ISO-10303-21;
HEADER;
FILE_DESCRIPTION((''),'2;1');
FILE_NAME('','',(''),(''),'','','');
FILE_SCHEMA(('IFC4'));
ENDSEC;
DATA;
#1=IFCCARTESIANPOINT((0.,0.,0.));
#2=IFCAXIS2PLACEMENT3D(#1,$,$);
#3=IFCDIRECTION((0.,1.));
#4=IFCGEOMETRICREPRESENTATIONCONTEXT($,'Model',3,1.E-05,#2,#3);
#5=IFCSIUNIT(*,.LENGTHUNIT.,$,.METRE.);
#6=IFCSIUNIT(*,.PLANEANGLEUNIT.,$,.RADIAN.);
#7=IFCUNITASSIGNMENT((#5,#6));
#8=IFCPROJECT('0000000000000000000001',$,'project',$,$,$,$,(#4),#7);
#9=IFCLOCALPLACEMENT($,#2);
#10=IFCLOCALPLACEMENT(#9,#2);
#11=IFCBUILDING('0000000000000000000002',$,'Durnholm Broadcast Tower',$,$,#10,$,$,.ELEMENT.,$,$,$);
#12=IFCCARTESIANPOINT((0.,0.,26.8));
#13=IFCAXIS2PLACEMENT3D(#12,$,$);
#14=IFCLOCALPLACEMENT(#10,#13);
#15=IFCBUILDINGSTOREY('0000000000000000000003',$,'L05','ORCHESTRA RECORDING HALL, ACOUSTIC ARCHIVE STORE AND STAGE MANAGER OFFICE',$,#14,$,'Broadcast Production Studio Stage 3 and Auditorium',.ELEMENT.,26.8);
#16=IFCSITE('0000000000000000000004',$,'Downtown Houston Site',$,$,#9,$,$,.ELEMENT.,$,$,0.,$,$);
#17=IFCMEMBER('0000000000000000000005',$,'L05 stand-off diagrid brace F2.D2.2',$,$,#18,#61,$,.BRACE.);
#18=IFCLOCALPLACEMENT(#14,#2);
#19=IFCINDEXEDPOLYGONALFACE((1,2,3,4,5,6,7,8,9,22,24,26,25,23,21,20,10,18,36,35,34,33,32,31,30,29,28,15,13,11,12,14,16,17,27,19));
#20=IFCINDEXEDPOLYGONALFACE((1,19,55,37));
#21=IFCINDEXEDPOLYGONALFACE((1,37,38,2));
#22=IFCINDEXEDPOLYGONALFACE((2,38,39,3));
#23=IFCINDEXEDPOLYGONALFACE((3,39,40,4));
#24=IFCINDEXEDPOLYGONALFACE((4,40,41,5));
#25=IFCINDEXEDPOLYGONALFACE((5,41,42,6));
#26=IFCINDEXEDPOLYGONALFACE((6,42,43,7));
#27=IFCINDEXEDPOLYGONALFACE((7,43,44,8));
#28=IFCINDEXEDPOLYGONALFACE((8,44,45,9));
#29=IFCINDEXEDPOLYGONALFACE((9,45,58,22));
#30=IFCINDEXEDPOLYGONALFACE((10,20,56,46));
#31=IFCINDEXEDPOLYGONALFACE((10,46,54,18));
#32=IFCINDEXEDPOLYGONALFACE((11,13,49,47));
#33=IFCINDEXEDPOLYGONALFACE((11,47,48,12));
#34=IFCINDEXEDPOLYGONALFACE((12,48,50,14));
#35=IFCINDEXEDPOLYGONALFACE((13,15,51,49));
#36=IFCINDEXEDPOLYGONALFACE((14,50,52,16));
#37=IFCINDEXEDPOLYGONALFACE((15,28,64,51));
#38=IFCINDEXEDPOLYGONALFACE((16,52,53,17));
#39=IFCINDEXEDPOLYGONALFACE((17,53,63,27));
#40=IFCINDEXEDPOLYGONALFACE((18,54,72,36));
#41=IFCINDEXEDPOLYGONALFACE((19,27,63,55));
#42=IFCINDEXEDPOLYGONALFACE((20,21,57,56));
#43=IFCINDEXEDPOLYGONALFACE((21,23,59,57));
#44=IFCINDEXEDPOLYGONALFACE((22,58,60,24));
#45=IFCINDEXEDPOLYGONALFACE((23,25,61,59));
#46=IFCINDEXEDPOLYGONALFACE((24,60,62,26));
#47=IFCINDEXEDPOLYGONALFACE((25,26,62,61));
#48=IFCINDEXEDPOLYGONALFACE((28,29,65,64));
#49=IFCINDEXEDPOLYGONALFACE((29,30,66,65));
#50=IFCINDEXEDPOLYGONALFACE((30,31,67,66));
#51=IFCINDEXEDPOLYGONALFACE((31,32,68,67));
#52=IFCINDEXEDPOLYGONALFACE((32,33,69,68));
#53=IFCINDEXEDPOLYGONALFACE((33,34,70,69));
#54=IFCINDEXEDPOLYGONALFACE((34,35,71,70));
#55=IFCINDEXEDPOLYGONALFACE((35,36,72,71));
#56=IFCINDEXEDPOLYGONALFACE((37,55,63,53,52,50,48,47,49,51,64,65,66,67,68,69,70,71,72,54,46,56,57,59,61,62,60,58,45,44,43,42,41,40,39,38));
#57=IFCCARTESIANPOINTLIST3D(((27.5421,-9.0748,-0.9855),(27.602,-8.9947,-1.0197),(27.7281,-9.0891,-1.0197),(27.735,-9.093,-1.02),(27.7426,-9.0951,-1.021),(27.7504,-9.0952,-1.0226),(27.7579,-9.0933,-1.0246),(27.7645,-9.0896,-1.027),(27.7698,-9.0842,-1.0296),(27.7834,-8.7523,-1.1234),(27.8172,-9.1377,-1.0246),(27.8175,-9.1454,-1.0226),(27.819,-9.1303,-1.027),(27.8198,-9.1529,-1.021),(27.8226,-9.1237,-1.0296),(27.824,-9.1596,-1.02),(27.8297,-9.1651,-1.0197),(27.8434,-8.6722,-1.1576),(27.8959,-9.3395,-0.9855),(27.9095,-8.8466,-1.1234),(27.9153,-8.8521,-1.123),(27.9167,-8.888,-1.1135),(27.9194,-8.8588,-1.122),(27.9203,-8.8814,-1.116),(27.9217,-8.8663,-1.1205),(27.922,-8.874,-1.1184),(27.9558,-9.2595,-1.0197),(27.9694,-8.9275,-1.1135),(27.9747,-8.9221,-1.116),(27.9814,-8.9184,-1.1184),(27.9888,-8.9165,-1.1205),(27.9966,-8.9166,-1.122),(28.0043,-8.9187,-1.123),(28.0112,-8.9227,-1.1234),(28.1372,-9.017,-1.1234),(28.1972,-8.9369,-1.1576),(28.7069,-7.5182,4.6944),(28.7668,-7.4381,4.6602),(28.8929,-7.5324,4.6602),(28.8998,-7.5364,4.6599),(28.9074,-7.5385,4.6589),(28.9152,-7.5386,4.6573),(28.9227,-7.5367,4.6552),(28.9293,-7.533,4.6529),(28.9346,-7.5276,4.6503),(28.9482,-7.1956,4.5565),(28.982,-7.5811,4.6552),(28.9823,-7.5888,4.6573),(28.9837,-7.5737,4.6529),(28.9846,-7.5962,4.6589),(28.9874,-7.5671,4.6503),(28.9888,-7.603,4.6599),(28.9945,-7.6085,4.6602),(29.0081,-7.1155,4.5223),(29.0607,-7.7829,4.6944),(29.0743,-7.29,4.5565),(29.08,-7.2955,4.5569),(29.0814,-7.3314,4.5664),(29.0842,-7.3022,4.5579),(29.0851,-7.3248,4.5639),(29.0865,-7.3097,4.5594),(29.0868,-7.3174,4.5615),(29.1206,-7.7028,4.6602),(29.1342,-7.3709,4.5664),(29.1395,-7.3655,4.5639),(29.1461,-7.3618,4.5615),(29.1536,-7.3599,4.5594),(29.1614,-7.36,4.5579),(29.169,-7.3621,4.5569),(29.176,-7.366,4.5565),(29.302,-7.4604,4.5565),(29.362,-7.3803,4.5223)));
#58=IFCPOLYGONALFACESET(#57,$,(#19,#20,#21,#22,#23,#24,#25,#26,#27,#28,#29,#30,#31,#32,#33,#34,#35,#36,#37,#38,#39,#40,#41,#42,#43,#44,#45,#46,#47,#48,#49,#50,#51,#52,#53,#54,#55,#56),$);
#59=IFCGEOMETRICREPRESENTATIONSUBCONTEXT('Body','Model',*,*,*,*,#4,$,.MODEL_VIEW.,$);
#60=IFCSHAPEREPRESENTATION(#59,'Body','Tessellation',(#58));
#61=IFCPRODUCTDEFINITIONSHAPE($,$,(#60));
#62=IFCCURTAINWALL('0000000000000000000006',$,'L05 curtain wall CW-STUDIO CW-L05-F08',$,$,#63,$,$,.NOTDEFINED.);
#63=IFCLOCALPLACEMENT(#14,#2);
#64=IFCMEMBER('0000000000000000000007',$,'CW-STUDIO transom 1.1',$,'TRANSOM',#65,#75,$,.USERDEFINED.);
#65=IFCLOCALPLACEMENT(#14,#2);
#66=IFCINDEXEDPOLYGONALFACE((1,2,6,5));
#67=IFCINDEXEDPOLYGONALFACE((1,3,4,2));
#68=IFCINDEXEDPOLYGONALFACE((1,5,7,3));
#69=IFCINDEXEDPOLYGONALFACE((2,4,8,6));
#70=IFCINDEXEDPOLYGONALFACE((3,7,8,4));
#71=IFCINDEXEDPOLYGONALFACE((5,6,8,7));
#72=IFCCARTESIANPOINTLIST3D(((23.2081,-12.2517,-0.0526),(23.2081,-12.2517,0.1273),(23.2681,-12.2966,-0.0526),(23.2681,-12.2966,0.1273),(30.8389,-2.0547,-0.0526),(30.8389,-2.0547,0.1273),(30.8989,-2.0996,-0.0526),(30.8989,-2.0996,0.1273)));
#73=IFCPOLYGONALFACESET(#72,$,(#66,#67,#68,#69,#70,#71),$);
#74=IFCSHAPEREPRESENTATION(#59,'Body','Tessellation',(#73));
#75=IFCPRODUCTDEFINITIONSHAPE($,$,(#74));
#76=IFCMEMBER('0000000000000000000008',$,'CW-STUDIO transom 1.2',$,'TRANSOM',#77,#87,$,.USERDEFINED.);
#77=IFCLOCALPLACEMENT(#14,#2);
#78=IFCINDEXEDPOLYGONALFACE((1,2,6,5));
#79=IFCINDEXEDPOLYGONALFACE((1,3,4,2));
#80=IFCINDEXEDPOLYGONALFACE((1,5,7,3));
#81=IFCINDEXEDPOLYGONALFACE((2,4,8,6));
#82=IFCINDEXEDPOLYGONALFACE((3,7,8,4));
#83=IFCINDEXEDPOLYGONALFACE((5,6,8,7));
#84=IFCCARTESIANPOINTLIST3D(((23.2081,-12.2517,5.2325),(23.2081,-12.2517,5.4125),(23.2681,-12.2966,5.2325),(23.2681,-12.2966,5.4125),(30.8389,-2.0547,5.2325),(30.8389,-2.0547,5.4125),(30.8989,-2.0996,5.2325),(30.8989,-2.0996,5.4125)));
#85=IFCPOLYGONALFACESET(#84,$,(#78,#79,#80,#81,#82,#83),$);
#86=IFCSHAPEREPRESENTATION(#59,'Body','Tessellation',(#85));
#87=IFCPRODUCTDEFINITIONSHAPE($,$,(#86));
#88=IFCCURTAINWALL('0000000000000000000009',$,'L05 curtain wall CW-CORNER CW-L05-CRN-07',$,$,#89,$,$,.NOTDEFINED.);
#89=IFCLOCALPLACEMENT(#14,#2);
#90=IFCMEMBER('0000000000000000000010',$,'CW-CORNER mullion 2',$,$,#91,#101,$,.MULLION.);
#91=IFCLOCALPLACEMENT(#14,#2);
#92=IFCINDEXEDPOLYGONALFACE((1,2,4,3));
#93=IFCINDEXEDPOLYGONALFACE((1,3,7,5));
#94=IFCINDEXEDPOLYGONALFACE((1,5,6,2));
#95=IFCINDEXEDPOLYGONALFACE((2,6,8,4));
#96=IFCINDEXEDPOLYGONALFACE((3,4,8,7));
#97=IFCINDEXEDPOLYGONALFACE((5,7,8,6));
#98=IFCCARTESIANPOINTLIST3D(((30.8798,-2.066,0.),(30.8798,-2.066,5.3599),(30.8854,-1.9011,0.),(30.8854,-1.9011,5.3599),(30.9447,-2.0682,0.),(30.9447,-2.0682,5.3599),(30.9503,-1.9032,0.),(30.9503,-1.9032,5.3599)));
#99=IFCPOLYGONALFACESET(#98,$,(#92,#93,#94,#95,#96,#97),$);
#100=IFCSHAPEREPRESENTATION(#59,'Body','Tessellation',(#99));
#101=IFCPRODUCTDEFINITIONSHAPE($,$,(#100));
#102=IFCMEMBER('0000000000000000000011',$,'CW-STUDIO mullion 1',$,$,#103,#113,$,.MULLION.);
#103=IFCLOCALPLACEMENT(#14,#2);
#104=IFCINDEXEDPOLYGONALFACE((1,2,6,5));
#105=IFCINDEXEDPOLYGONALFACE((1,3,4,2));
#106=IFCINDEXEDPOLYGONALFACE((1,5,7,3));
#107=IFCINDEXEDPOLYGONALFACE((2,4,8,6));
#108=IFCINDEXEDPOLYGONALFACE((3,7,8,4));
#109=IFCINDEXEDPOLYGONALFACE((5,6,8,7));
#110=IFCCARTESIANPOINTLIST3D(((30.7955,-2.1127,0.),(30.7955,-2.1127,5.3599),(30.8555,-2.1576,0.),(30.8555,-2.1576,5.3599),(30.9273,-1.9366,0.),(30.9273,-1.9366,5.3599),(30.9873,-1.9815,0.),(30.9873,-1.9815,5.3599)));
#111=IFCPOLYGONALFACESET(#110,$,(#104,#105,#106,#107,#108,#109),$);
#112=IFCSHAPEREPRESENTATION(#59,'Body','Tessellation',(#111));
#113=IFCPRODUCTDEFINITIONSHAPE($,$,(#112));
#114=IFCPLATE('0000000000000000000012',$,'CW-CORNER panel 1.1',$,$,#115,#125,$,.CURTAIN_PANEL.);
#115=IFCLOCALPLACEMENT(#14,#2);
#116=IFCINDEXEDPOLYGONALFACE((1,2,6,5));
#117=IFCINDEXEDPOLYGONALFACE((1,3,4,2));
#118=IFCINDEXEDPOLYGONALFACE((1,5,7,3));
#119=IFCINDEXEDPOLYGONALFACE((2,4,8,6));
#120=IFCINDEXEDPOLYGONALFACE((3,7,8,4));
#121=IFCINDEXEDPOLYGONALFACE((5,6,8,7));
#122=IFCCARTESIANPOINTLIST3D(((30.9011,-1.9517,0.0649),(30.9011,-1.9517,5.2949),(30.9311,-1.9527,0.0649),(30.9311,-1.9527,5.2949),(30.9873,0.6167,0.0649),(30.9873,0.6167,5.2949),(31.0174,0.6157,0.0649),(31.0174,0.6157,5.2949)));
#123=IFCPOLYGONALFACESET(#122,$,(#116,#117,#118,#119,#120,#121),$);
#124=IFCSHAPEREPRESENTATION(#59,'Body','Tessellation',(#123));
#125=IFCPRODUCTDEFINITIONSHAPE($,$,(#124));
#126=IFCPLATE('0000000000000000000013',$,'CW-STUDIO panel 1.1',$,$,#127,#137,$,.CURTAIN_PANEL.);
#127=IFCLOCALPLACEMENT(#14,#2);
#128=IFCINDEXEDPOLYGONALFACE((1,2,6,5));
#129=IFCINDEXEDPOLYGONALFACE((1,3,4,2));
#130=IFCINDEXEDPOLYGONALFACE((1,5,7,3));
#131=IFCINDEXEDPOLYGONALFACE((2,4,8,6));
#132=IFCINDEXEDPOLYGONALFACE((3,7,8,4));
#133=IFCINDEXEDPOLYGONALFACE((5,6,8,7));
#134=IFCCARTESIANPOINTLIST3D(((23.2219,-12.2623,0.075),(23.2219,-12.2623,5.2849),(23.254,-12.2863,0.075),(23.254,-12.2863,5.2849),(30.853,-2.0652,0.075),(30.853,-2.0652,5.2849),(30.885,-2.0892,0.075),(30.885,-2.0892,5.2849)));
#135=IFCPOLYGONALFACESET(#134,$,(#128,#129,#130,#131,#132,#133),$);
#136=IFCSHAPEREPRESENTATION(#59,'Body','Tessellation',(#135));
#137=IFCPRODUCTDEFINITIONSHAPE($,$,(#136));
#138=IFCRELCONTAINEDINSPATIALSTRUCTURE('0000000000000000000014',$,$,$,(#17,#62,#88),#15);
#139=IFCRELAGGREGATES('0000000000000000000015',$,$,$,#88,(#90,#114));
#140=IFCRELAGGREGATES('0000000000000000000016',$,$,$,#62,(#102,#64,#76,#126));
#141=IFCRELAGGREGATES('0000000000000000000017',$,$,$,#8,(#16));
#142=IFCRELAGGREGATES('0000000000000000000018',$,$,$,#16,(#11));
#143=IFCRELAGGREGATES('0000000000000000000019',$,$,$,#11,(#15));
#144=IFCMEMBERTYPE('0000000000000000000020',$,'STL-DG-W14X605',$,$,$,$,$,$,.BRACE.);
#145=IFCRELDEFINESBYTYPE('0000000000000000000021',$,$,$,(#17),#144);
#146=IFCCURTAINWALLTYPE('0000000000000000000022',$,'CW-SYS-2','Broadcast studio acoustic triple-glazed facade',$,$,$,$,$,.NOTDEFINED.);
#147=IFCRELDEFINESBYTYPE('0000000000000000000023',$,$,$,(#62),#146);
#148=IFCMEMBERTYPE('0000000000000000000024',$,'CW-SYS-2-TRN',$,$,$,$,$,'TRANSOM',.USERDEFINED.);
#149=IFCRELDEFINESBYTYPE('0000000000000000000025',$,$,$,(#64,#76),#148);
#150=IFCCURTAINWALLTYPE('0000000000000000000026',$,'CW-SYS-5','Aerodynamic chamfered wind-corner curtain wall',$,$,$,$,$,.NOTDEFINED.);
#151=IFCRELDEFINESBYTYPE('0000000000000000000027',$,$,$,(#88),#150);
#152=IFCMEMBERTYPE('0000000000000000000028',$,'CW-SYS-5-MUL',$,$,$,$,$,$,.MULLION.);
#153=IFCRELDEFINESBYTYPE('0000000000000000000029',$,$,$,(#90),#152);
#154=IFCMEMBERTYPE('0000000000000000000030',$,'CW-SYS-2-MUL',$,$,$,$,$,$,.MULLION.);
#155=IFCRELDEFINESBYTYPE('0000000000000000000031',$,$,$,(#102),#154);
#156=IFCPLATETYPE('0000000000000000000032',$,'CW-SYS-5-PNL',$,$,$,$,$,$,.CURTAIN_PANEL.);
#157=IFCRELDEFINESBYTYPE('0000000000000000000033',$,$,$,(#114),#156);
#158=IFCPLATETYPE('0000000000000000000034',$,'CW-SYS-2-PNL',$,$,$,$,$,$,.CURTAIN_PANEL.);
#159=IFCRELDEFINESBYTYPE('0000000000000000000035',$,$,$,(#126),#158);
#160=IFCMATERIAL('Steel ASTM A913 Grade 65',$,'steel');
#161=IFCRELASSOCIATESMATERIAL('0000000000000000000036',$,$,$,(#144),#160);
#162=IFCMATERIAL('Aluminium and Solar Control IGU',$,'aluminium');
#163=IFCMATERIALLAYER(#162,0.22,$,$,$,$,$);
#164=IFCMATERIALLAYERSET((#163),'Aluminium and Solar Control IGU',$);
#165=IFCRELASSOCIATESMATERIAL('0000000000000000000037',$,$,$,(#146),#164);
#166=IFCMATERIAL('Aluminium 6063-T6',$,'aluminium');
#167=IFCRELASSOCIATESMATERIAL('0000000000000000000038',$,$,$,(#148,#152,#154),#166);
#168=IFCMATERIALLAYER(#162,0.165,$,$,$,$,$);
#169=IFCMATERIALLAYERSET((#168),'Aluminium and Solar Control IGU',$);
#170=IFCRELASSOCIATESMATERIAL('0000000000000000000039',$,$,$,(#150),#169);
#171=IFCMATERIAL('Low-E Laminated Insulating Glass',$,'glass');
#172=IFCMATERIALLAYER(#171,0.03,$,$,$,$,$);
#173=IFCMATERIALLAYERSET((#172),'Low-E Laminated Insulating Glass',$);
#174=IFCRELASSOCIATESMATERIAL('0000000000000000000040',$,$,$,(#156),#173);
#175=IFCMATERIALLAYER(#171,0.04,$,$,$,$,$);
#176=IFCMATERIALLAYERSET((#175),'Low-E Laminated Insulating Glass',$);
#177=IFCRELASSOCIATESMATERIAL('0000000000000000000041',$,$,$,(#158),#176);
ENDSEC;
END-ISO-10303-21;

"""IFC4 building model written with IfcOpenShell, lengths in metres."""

from ifc_helpers import new_model, si_unit, direction, frame, origin, origin_2d, place, context, subcontext, project, spatial, rectangle, i_section, extrude, source, transform, mapped, material, layer, layer_set, material_profile, profile_set, type_object, type_shapes, element, aggregate, save


model = new_model("IFC4")

# Units and contexts
model_context = context("Model", 3, precision=1e-05, world=origin(), true_north=direction((0.0, 1.0)))
body_context = subcontext(model_context, "Body", "Model", "MODEL_VIEW")
ifc_project = project(units=[si_unit("LENGTHUNIT", "METRE"), si_unit("PLANEANGLEUNIT", "RADIAN")], contexts=[model_context])

# Site, building, storey
site_placement = place(None, origin())
site = spatial("IfcSite", under=ifc_project, at=site_placement, Name="Downtown Houston Site", CompositionType="ELEMENT", RefElevation=0.0)
building_placement = place(site_placement, origin())
building = spatial("IfcBuilding", under=site, at=building_placement, Name="Durnholm Broadcast Tower", CompositionType="ELEMENT")
storey_placement = place(building_placement, frame((0.0, 0.0, 26.8)))
storey = spatial("IfcBuildingStorey", under=building, at=storey_placement, Name="L05", Description="ORCHESTRA RECORDING HALL, ACOUSTIC ARCHIVE STORE AND STAGE MANAGER OFFICE", LongName="Broadcast Production Studio Stage 3 and Auditorium", CompositionType="ELEMENT", Elevation=26.8)

# Shared definitions
ifc_material_1 = material(Name="Steel ASTM A913 Grade 65", Category="steel")

# Member
ifc_material_profile_1 = material_profile(ifc_material_1, i_section(OverallWidth=0.4419, OverallDepth=0.5315, WebThickness=0.0659, FlangeThickness=0.1057, FilletRadius=0.0305, at=origin_2d()), Name="W14X605")
ifc_profile_set_1 = profile_set([ifc_material_profile_1], Name="Steel ASTM A913 Grade 65")
member_type_1 = type_object("IfcMemberType", Name="STL-DG-W14X605", PredefinedType="BRACE", material=ifc_profile_set_1)
shared_shape_1 = source(origin(), body_context, "Body", "SweptSolid", [
    extrude(i_section(OverallWidth=0.4419, OverallDepth=0.5315, WebThickness=0.0659, FlangeThickness=0.1057, FilletRadius=0.0305, at=origin_2d()), origin(), (0.0, 0.0, 1.0), 6.0034),
])
type_shapes(member_type_1, [shared_shape_1])
for number, where, z_axis, x_axis, name in (
    (1, (27.8696, -9.0059, -1.0715), (0.194021, 0.259291, 0.94611), (-0.800663, 0.599116, 0.0), "L05 stand-off diagrid brace F2.D2.2"),
):
    element("IfcMember", number, at=place(storey_placement, frame(where, z_axis=z_axis, x_axis=x_axis)), inside=storey, type_object=member_type_1, Name=name, PredefinedType="BRACE", context=body_context, shape_type="MappedRepresentation", body=[
        mapped(shared_shape_1, transform((0.0, 0.0, 0.0), x_axis=(1.0, 0.0, 0.0), y_axis=(0.0, 1.0, 0.0), z_axis=(0.0, 0.0, 1.0), scale=1.0)),
    ])

# Curtain wall, members
ifc_material_2 = material(Name="Aluminium and Solar Control IGU", Category="aluminium")
ifc_layer_1 = layer(ifc_material_2, 0.22)
ifc_layer_set_1 = layer_set([ifc_layer_1], Name="Aluminium and Solar Control IGU")
curtain_wall_type_1 = type_object("IfcCurtainWallType", Name="CW-SYS-2", Description="Broadcast studio acoustic triple-glazed facade", PredefinedType="NOTDEFINED", material=ifc_layer_set_1)
curtain_wall_1_placement = place(storey_placement, origin())
curtain_wall_1 = element("IfcCurtainWall", 2, at=curtain_wall_1_placement, inside=storey, type_object=curtain_wall_type_1, Name="L05 curtain wall CW-STUDIO CW-L05-F08", PredefinedType="NOTDEFINED")
ifc_material_3 = material(Name="Aluminium 6063-T6", Category="aluminium")
ifc_material_profile_2 = material_profile(ifc_material_3, rectangle(XDim=0.075, YDim=0.1799, at=origin_2d()), Name="CWT75X180")
ifc_profile_set_2 = profile_set([ifc_material_profile_2], Name="Aluminium 6063-T6")
member_type_2 = type_object("IfcMemberType", Name="CW-SYS-2-TRN", ElementType="TRANSOM", PredefinedType="USERDEFINED", material=ifc_profile_set_2)
shared_shape_2 = source(origin(), body_context, "Body", "SweptSolid", [
    extrude(rectangle(XDim=0.075, YDim=0.1799, at=origin_2d()), origin(), (0.0, 0.0, 1.0), 12.7361),
])
type_shapes(member_type_2, [shared_shape_2])
member_1_placement = place(storey_placement, frame((30.8689, -2.0771, 0.0374), z_axis=(-0.59915, -0.800637, 0.0), x_axis=(0.800637, -0.59915, 0.0)))
member_1 = element("IfcMember", 3, at=member_1_placement, type_object=member_type_2, Name="CW-STUDIO transom 1.1", ObjectType="TRANSOM", PredefinedType="USERDEFINED", context=body_context, shape_type="MappedRepresentation", body=[
    mapped(shared_shape_2, transform((0.0, 0.0, 0.0), x_axis=(1.0, 0.0, 0.0), y_axis=(0.0, 1.0, 0.0), z_axis=(0.0, 0.0, 1.0), scale=1.0)),
])
member_2_placement = place(storey_placement, frame((30.8689, -2.0771, 5.3225), z_axis=(-0.59915, -0.800637, 0.0), x_axis=(0.800637, -0.59915, 0.0)))
member_2 = element("IfcMember", 4, at=member_2_placement, type_object=member_type_2, Name="CW-STUDIO transom 1.2", ObjectType="TRANSOM", PredefinedType="USERDEFINED", context=body_context, shape_type="MappedRepresentation", body=[
    mapped(shared_shape_2, transform((0.0, 0.0, 0.0), x_axis=(1.0, 0.0, 0.0), y_axis=(0.0, 1.0, 0.0), z_axis=(0.0, 0.0, 1.0), scale=1.0)),
])

# Curtain wall, member
ifc_layer_2 = layer(ifc_material_2, 0.165)
ifc_layer_set_2 = layer_set([ifc_layer_2], Name="Aluminium and Solar Control IGU")
curtain_wall_type_2 = type_object("IfcCurtainWallType", Name="CW-SYS-5", Description="Aerodynamic chamfered wind-corner curtain wall", PredefinedType="NOTDEFINED", material=ifc_layer_set_2)
curtain_wall_2_placement = place(storey_placement, origin())
curtain_wall_2 = element("IfcCurtainWall", 5, at=curtain_wall_2_placement, inside=storey, type_object=curtain_wall_type_2, Name="L05 curtain wall CW-CORNER CW-L05-CRN-07", PredefinedType="NOTDEFINED")
ifc_material_profile_3 = material_profile(ifc_material_3, rectangle(XDim=0.0649, YDim=0.165, at=origin_2d()), Name="CWM65X165")
ifc_profile_set_3 = profile_set([ifc_material_profile_3], Name="Aluminium 6063-T6")
member_type_3 = type_object("IfcMemberType", Name="CW-SYS-5-MUL", PredefinedType="MULLION", material=ifc_profile_set_3)
shared_shape_3 = source(origin(), body_context, "Body", "SweptSolid", [
    extrude(rectangle(XDim=0.0649, YDim=0.165, at=origin_2d()), origin(), (0.0, 0.0, 1.0), 5.3599),
])
type_shapes(member_type_3, [shared_shape_3])
member_3_placement = place(storey_placement, frame((30.915, -1.9846, 0.0), z_axis=(0.0, 0.0, 1.0), x_axis=(0.999437, -0.033557, 0.0)))
member_3 = element("IfcMember", 6, at=member_3_placement, type_object=member_type_3, Name="CW-CORNER mullion 2", PredefinedType="MULLION", context=body_context, shape_type="MappedRepresentation", body=[
    mapped(shared_shape_3, transform((0.0, 0.0, 0.0), x_axis=(1.0, 0.0, 0.0), y_axis=(0.0, 1.0, 0.0), z_axis=(0.0, 0.0, 1.0), scale=1.0)),
])

# Member
ifc_material_profile_4 = material_profile(ifc_material_3, rectangle(XDim=0.075, YDim=0.22, at=origin_2d()), Name="CWM75X220")
ifc_profile_set_4 = profile_set([ifc_material_profile_4], Name="Aluminium 6063-T6")
member_type_4 = type_object("IfcMemberType", Name="CW-SYS-2-MUL", PredefinedType="MULLION", material=ifc_profile_set_4)
shared_shape_4 = source(origin(), body_context, "Body", "SweptSolid", [
    extrude(rectangle(XDim=0.075, YDim=0.22, at=origin_2d()), origin(), (0.0, 0.0, 1.0), 5.3599),
])
type_shapes(member_type_4, [shared_shape_4])
member_4_placement = place(storey_placement, frame((30.8914, -2.0471, 0.0), z_axis=(0.0, 0.0, 1.0), x_axis=(0.800632, -0.599157, 0.0)))
member_4 = element("IfcMember", 7, at=member_4_placement, type_object=member_type_4, Name="CW-STUDIO mullion 1", PredefinedType="MULLION", context=body_context, shape_type="MappedRepresentation", body=[
    mapped(shared_shape_4, transform((0.0, 0.0, 0.0), x_axis=(1.0, 0.0, 0.0), y_axis=(0.0, 1.0, 0.0), z_axis=(0.0, 0.0, 1.0), scale=1.0)),
])

# Plates
ifc_material_4 = material(Name="Low-E Laminated Insulating Glass", Category="glass")
ifc_layer_3 = layer(ifc_material_4, 0.03)
ifc_layer_set_3 = layer_set([ifc_layer_3], Name="Low-E Laminated Insulating Glass")
plate_type_1 = type_object("IfcPlateType", Name="CW-SYS-5-PNL", PredefinedType="CURTAIN_PANEL", material=ifc_layer_set_3)
shared_shape_5 = source(origin(), body_context, "Body", "SweptSolid", [
    extrude(rectangle(XDim=2.5698, YDim=0.03, at=origin_2d()), origin(), (0.0, 0.0, 1.0), 5.23),
])
type_shapes(plate_type_1, [shared_shape_5])
plate_1_placement = place(storey_placement, frame((30.9592, -0.668, 0.0649), z_axis=(0.0, 0.0, 1.0), x_axis=(-0.033557, -0.999437, 0.0)))
plate_1 = element("IfcPlate", 8, at=plate_1_placement, type_object=plate_type_1, Name="CW-CORNER panel 1.1", PredefinedType="CURTAIN_PANEL", context=body_context, shape_type="MappedRepresentation", body=[
    mapped(shared_shape_5, transform((0.0, 0.0, 0.0), x_axis=(1.0, 0.0, 0.0), y_axis=(0.0, 1.0, 0.0), z_axis=(0.0, 0.0, 1.0), scale=1.0)),
])
aggregate(curtain_wall_2, [member_3, plate_1])
ifc_layer_4 = layer(ifc_material_4, 0.04)
ifc_layer_set_4 = layer_set([ifc_layer_4], Name="Low-E Laminated Insulating Glass")
plate_type_2 = type_object("IfcPlateType", Name="CW-SYS-2-PNL", PredefinedType="CURTAIN_PANEL", material=ifc_layer_set_4)
shared_shape_6 = source(origin(), body_context, "Body", "SweptSolid", [
    extrude(rectangle(XDim=12.7363, YDim=0.04, at=origin_2d()), origin(), (0.0, 0.0, 1.0), 5.21),
])
type_shapes(plate_type_2, [shared_shape_6])
plate_2_placement = place(storey_placement, frame((27.0535, -7.1758, 0.075), z_axis=(0.0, 0.0, 1.0), x_axis=(-0.599157, -0.800632, 0.0)))
plate_2 = element("IfcPlate", 9, at=plate_2_placement, type_object=plate_type_2, Name="CW-STUDIO panel 1.1", PredefinedType="CURTAIN_PANEL", context=body_context, shape_type="MappedRepresentation", body=[
    mapped(shared_shape_6, transform((0.0, 0.0, 0.0), x_axis=(1.0, 0.0, 0.0), y_axis=(0.0, 1.0, 0.0), z_axis=(0.0, 0.0, 1.0), scale=1.0)),
])
aggregate(curtain_wall_1, [member_4, member_1, member_2, plate_2])

save(model, "model.ifc")
